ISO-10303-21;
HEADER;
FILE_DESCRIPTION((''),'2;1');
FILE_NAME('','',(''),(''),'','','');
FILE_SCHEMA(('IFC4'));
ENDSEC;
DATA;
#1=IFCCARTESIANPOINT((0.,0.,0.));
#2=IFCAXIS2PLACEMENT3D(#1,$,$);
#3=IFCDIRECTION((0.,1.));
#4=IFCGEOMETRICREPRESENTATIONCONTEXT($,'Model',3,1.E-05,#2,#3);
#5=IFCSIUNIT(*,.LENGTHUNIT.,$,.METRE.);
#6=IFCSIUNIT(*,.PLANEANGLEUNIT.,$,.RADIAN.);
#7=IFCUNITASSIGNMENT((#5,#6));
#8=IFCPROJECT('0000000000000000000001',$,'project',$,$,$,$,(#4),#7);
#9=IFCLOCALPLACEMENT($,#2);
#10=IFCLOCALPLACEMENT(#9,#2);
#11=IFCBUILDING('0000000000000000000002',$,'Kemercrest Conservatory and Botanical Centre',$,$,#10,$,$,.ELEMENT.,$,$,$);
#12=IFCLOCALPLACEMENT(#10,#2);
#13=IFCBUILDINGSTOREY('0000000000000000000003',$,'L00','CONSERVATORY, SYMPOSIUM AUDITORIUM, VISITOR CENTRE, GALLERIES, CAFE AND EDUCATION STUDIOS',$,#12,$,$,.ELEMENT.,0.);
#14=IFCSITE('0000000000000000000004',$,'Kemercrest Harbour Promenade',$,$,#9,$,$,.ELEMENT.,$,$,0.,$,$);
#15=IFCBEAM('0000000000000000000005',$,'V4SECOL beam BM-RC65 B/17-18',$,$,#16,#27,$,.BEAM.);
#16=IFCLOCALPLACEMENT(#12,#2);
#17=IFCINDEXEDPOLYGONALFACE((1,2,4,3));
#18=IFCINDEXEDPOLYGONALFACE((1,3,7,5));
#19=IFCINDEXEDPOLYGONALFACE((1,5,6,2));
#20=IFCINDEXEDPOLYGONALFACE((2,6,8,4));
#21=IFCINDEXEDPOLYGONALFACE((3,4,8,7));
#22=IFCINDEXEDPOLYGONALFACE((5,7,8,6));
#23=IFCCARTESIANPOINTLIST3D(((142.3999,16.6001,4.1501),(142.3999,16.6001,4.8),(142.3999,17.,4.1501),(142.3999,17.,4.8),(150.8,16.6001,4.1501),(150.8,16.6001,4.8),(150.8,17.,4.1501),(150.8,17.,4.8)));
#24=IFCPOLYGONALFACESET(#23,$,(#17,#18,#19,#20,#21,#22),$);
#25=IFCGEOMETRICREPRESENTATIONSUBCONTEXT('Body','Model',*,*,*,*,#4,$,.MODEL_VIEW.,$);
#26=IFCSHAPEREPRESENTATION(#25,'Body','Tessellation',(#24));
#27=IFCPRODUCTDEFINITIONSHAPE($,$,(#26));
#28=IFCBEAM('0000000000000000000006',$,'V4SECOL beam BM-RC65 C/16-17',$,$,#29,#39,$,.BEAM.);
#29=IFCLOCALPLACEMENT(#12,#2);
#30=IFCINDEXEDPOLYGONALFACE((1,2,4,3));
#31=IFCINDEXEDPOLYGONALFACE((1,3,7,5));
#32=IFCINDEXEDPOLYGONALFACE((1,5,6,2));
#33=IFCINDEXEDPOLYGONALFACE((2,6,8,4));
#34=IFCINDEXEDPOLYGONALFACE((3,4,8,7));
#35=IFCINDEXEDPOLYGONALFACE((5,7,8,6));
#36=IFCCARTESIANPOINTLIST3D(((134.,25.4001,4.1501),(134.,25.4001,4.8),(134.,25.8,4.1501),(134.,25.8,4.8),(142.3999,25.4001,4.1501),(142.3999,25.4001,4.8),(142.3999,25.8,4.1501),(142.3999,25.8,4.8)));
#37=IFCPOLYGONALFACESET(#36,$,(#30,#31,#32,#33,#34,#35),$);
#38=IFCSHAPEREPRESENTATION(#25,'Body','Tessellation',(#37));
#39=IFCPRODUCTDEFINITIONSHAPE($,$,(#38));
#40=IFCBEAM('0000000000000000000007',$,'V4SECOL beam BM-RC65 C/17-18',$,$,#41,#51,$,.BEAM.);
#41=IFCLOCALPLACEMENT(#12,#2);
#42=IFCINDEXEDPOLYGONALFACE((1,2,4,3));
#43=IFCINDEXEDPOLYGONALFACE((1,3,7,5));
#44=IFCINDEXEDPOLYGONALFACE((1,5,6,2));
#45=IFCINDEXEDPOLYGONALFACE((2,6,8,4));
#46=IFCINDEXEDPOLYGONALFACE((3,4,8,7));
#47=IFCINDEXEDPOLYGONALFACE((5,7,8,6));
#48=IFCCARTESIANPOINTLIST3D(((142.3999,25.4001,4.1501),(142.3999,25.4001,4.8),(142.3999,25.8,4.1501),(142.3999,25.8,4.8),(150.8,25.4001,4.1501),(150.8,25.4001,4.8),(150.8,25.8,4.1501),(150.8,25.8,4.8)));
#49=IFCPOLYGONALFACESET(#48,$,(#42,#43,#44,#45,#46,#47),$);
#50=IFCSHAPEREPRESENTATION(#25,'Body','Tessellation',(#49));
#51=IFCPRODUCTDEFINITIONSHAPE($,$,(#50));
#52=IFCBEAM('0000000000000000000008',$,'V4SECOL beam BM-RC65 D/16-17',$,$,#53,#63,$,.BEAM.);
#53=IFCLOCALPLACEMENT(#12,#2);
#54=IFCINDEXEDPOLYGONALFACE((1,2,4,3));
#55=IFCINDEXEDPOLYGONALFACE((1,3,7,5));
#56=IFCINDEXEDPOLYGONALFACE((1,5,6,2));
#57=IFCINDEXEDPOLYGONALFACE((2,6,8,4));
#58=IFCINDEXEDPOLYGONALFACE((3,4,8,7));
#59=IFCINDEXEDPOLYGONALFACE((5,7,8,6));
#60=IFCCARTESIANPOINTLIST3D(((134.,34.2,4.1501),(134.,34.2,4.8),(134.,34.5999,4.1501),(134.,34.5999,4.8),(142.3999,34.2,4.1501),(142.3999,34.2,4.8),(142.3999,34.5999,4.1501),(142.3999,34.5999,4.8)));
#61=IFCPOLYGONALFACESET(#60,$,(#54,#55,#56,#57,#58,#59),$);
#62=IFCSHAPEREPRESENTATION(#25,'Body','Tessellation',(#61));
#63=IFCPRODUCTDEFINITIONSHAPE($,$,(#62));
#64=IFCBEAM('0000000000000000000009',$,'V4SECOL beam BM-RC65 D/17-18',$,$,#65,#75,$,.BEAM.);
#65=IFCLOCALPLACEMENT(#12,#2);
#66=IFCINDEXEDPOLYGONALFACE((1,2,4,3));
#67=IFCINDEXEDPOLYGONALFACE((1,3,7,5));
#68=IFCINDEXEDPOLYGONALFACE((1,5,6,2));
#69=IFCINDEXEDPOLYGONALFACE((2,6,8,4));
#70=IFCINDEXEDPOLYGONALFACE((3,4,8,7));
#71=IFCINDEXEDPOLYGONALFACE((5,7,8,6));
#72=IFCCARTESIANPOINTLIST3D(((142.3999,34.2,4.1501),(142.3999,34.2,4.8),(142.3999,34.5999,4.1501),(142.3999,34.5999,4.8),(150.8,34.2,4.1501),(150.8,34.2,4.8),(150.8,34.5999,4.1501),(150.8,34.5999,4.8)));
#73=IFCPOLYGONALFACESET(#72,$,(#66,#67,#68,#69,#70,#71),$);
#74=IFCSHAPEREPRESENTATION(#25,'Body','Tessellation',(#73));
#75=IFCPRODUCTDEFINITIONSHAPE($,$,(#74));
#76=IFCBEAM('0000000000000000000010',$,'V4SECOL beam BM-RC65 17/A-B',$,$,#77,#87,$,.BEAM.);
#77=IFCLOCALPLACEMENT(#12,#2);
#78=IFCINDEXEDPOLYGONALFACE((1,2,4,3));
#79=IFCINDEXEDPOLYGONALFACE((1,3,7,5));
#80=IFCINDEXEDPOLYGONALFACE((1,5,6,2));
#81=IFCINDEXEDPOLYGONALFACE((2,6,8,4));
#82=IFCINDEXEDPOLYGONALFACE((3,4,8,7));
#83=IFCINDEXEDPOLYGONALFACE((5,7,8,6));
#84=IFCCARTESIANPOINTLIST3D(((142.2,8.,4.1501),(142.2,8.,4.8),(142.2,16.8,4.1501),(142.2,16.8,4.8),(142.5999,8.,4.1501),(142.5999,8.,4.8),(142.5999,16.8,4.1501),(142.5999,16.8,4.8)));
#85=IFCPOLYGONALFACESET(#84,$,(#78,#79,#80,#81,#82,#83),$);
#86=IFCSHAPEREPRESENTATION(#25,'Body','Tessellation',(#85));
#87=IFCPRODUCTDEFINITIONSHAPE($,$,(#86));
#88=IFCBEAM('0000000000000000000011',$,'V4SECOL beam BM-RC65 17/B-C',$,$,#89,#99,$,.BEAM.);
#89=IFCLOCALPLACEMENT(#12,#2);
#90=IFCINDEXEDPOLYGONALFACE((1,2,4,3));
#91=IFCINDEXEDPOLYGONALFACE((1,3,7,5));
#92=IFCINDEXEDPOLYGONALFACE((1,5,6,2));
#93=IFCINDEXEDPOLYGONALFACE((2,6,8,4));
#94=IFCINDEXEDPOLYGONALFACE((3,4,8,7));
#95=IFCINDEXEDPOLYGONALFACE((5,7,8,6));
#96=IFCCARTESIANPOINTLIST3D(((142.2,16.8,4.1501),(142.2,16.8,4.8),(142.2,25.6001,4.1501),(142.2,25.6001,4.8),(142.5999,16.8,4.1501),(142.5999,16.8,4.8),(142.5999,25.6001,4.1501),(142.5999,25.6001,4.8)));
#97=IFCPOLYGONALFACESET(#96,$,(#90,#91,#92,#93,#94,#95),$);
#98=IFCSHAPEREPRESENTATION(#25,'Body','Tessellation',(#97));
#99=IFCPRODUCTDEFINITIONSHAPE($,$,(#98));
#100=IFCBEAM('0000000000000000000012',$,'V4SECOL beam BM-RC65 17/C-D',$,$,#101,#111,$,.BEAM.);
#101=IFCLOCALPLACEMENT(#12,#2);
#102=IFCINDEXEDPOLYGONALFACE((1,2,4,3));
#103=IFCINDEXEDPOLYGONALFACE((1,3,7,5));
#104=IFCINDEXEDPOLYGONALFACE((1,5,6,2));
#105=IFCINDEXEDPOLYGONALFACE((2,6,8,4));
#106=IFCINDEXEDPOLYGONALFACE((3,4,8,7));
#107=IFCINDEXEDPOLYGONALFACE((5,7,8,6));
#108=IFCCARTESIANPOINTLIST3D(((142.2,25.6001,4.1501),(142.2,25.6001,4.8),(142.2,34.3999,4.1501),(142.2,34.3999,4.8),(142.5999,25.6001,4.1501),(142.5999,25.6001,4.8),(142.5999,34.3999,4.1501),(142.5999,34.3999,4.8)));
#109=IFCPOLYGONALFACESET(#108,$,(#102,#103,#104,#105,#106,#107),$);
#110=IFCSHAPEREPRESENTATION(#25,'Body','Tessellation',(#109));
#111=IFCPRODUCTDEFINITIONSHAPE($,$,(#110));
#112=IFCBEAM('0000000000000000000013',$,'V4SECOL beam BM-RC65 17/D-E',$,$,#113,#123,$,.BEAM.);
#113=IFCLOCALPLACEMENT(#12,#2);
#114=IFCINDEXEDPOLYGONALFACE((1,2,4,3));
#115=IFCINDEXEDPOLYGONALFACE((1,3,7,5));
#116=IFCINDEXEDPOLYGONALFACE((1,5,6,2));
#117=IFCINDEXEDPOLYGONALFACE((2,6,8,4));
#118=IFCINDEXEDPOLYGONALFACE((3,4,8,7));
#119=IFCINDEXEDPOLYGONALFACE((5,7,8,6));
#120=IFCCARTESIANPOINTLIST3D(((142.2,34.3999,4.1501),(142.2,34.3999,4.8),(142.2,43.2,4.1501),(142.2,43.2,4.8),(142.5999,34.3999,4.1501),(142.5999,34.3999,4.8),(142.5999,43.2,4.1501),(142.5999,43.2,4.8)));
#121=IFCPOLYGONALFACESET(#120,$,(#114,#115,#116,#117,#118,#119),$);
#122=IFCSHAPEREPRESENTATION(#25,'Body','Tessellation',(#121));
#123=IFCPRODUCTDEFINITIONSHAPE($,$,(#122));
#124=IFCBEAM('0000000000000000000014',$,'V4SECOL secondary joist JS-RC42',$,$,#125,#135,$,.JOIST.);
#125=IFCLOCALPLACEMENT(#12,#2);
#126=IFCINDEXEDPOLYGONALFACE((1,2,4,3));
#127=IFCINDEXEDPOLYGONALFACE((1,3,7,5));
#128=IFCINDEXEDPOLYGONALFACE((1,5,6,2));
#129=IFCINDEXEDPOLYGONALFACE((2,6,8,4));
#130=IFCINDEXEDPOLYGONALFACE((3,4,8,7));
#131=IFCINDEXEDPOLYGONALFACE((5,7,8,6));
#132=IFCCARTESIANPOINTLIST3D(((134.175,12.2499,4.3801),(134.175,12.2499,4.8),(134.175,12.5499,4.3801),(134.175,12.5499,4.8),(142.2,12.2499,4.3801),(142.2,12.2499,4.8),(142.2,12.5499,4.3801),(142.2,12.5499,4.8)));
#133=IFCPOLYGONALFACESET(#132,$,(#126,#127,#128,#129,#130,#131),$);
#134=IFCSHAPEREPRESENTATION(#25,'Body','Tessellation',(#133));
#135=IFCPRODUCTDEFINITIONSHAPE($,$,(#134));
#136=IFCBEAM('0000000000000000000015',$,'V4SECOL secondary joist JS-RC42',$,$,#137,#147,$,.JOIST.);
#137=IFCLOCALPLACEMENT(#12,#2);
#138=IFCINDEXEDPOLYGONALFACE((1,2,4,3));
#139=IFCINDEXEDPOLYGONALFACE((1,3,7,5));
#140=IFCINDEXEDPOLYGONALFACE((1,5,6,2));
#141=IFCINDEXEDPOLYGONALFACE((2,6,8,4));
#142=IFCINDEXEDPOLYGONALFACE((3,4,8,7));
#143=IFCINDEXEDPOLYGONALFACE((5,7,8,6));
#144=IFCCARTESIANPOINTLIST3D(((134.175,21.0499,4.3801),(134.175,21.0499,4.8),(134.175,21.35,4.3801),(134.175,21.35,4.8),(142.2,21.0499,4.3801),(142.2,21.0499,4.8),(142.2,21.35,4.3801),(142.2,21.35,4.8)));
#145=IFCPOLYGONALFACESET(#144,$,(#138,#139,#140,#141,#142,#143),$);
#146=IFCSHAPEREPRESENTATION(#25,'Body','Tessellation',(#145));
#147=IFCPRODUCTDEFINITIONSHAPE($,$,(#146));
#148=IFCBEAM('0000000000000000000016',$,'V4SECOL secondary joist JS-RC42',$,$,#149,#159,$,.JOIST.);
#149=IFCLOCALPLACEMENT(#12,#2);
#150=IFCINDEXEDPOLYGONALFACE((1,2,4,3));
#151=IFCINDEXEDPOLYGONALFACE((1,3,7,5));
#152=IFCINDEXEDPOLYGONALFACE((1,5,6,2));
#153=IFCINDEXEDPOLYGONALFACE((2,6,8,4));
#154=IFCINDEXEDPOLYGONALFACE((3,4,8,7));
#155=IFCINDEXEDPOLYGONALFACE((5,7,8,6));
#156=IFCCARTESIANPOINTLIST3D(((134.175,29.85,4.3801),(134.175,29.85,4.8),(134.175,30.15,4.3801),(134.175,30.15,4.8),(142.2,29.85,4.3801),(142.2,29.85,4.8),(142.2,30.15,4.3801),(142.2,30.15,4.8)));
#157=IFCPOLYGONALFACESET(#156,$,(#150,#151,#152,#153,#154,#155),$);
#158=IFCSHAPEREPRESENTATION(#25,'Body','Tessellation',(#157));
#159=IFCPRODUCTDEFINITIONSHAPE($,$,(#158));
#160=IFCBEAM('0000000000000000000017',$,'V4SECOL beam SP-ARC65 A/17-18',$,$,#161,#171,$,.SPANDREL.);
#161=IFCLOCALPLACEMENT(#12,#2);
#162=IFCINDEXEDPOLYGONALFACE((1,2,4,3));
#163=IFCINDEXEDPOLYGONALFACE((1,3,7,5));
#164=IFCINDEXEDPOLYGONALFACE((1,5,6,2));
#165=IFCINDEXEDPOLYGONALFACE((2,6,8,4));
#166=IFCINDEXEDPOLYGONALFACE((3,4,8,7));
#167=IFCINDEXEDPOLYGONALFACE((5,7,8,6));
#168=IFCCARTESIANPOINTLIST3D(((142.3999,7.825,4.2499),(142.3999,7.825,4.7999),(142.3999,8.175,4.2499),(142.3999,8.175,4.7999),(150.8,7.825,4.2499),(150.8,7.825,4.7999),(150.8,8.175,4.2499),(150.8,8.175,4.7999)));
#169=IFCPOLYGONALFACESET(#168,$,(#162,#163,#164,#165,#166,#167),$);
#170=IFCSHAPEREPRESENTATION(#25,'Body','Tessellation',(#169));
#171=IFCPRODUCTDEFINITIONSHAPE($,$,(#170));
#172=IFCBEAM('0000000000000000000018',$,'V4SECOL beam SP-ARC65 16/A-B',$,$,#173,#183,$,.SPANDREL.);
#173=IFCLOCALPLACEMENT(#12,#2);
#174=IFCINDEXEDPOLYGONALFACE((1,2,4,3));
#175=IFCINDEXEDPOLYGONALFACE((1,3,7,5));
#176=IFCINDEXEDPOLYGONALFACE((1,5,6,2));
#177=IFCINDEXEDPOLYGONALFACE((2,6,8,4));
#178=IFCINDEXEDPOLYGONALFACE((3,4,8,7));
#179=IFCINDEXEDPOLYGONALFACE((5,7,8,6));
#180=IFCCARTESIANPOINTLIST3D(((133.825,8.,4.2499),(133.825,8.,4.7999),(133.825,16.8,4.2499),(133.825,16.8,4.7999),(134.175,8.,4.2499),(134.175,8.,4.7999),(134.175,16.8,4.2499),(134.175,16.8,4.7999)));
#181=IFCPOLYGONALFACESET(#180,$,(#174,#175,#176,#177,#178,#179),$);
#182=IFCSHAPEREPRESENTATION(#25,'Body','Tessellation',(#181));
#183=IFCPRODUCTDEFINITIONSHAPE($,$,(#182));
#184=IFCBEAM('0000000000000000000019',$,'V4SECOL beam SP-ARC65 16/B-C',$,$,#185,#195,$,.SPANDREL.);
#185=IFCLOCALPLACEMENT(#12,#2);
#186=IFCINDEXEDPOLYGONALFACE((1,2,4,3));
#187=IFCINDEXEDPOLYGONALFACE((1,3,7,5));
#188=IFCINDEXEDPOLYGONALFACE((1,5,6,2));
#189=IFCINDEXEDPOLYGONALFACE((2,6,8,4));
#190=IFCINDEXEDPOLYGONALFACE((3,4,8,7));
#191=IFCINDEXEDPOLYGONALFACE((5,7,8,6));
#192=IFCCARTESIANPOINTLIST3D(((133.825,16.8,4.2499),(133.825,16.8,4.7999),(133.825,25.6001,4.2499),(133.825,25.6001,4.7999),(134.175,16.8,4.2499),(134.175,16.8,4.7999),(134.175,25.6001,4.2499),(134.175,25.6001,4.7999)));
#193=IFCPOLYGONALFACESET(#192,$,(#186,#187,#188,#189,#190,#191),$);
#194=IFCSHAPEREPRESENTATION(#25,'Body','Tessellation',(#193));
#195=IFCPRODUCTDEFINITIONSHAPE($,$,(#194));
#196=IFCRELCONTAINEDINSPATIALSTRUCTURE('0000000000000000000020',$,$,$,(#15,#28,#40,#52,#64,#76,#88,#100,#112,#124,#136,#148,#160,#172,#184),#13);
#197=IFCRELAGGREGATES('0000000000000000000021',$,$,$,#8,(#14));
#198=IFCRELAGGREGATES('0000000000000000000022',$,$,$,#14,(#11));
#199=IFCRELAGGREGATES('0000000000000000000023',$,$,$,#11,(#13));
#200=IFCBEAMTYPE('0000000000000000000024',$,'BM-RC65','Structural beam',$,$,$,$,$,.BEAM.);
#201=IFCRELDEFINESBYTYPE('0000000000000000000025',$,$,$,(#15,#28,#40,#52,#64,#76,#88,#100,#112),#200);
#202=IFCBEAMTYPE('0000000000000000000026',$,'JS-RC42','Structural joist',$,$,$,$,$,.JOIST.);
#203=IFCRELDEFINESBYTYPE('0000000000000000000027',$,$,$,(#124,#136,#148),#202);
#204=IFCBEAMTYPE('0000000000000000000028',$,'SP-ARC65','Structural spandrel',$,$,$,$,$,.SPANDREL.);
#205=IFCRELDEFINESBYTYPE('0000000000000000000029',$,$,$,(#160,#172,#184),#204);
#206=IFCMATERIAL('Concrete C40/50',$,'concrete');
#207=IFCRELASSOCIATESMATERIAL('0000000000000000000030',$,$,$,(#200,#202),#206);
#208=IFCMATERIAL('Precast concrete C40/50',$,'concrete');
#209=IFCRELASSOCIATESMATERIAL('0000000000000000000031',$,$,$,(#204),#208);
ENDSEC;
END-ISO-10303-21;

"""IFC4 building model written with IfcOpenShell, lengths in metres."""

from ifc_helpers import new_model, si_unit, direction, frame, origin, origin_2d, place, context, subcontext, project, spatial, rectangle, extrude, material, material_profile, profile_set, type_object, element, save


model = new_model("IFC4")

# Units and contexts
model_context = context("Model", 3, precision=1e-05, world=origin(), true_north=direction((0.0, 1.0)))
body_context = subcontext(model_context, "Body", "Model", "MODEL_VIEW")
ifc_project = project(units=[si_unit("LENGTHUNIT", "METRE"), si_unit("PLANEANGLEUNIT", "RADIAN")], contexts=[model_context])

# Site, building, storey
site_placement = place(None, origin())
site = spatial("IfcSite", under=ifc_project, at=site_placement, Name="Kemercrest Harbour Promenade", CompositionType="ELEMENT", RefElevation=0.0)
building_placement = place(site_placement, origin())
building = spatial("IfcBuilding", under=site, at=building_placement, Name="Kemercrest Conservatory and Botanical Centre", CompositionType="ELEMENT")
storey_placement = place(building_placement, origin())
storey = spatial("IfcBuildingStorey", under=building, at=storey_placement, Name="L00", Description="CONSERVATORY, SYMPOSIUM AUDITORIUM, VISITOR CENTRE, GALLERIES, CAFE AND EDUCATION STUDIOS", CompositionType="ELEMENT", Elevation=0.0)

# Shared definitions
ifc_material_1 = material(Name="Concrete C40/50", Category="concrete")
ifc_material_2 = material(Name="Precast concrete C40/50", Category="concrete")

# Beams
ifc_material_profile_1 = material_profile(ifc_material_1, rectangle(XDim=0.3999, YDim=0.6499, at=origin_2d()), Name="RC 400x650")
ifc_profile_set_1 = profile_set([ifc_material_profile_1], Name="Concrete C40/50")
beam_type_1 = type_object("IfcBeamType", Name="BM-RC65", Description="Structural beam", PredefinedType="BEAM", material=ifc_profile_set_1)
beam_1_placement = place(storey_placement, frame((142.3999, 16.8, 4.4751), z_axis=(1.0, 0.0, 0.0), x_axis=(0.0, 1.0, 0.0)))
element("IfcBeam", 1, at=beam_1_placement, inside=storey, type_object=beam_type_1, Name="V4SECOL beam BM-RC65 B/17-18", PredefinedType="BEAM", context=body_context, shape_type="SweptSolid", body=[
    extrude(rectangle(XDim=0.3999, YDim=0.6499, at=origin_2d()), origin(), (0.0, 0.0, 1.0), 8.4001),
])
beam_2_placement = place(storey_placement, frame((134.0, 25.6001, 4.4751), z_axis=(1.0, 0.0, 0.0), x_axis=(0.0, 1.0, 0.0)))
element("IfcBeam", 2, at=beam_2_placement, inside=storey, type_object=beam_type_1, Name="V4SECOL beam BM-RC65 C/16-17", PredefinedType="BEAM", context=body_context, shape_type="SweptSolid", body=[
    extrude(rectangle(XDim=0.3999, YDim=0.6499, at=origin_2d()), origin(), (0.0, 0.0, 1.0), 8.3999),
])
beam_3_placement = place(storey_placement, frame((142.3999, 25.6001, 4.4751), z_axis=(1.0, 0.0, 0.0), x_axis=(0.0, 1.0, 0.0)))
element("IfcBeam", 3, at=beam_3_placement, inside=storey, type_object=beam_type_1, Name="V4SECOL beam BM-RC65 C/17-18", PredefinedType="BEAM", context=body_context, shape_type="SweptSolid", body=[
    extrude(rectangle(XDim=0.3999, YDim=0.6499, at=origin_2d()), origin(), (0.0, 0.0, 1.0), 8.4001),
])
beam_4_placement = place(storey_placement, frame((134.0, 34.3999, 4.4751), z_axis=(1.0, 0.0, 0.0), x_axis=(0.0, 1.0, 0.0)))
element("IfcBeam", 4, at=beam_4_placement, inside=storey, type_object=beam_type_1, Name="V4SECOL beam BM-RC65 D/16-17", PredefinedType="BEAM", context=body_context, shape_type="SweptSolid", body=[
    extrude(rectangle(XDim=0.3999, YDim=0.6499, at=origin_2d()), origin(), (0.0, 0.0, 1.0), 8.3999),
])
beam_5_placement = place(storey_placement, frame((142.3999, 34.3999, 4.4751), z_axis=(1.0, 0.0, 0.0), x_axis=(0.0, 1.0, 0.0)))
element("IfcBeam", 5, at=beam_5_placement, inside=storey, type_object=beam_type_1, Name="V4SECOL beam BM-RC65 D/17-18", PredefinedType="BEAM", context=body_context, shape_type="SweptSolid", body=[
    extrude(rectangle(XDim=0.3999, YDim=0.6499, at=origin_2d()), origin(), (0.0, 0.0, 1.0), 8.4001),
])
for number, where, z_axis, x_axis, name in (
    (6, (142.3999, 8.0, 4.4751), (0.0, 1.0, 0.0), (-1.0, 0.0, 0.0), "V4SECOL beam BM-RC65 17/A-B"),
    (7, (142.3999, 16.8, 4.4751), (0.0, 1.0, 0.0), (-1.0, 0.0, 0.0), "V4SECOL beam BM-RC65 17/B-C"),
):
    element("IfcBeam", number, at=place(storey_placement, frame(where, z_axis=z_axis, x_axis=x_axis)), inside=storey, type_object=beam_type_1, Name=name, PredefinedType="BEAM", context=body_context, shape_type="SweptSolid", body=[
        extrude(rectangle(XDim=0.3999, YDim=0.6499, at=origin_2d()), origin(), (0.0, 0.0, 1.0), 8.8),
    ])
beam_6_placement = place(storey_placement, frame((142.3999, 25.6001, 4.4751), z_axis=(0.0, 1.0, 0.0), x_axis=(-1.0, 0.0, 0.0)))
element("IfcBeam", 8, at=beam_6_placement, inside=storey, type_object=beam_type_1, Name="V4SECOL beam BM-RC65 17/C-D", PredefinedType="BEAM", context=body_context, shape_type="SweptSolid", body=[
    extrude(rectangle(XDim=0.3999, YDim=0.6499, at=origin_2d()), origin(), (0.0, 0.0, 1.0), 8.7998),
])
beam_7_placement = place(storey_placement, frame((142.3999, 34.3999, 4.4751), z_axis=(0.0, 1.0, 0.0), x_axis=(-1.0, 0.0, 0.0)))
element("IfcBeam", 9, at=beam_7_placement, inside=storey, type_object=beam_type_1, Name="V4SECOL beam BM-RC65 17/D-E", PredefinedType="BEAM", context=body_context, shape_type="SweptSolid", body=[
    extrude(rectangle(XDim=0.3999, YDim=0.6499, at=origin_2d()), origin(), (0.0, 0.0, 1.0), 8.8),
])
ifc_material_profile_2 = material_profile(ifc_material_1, rectangle(XDim=0.3, YDim=0.4199, at=origin_2d()), Name="RC 300x420")
ifc_profile_set_2 = profile_set([ifc_material_profile_2], Name="Concrete C40/50")
beam_type_2 = type_object("IfcBeamType", Name="JS-RC42", Description="Structural joist", PredefinedType="JOIST", material=ifc_profile_set_2)
for number, where, z_axis, x_axis, name in (
    (10, (134.175, 12.3999, 4.5901), (1.0, 0.0, 0.0), (0.0, 1.0, 0.0), "V4SECOL secondary joist JS-RC42"),
    (11, (134.175, 21.2, 4.5901), (1.0, 0.0, 0.0), (0.0, 1.0, 0.0), "V4SECOL secondary joist JS-RC42"),
    (12, (134.175, 30.0, 4.5901), (1.0, 0.0, 0.0), (0.0, 1.0, 0.0), "V4SECOL secondary joist JS-RC42"),
):
    element("IfcBeam", number, at=place(storey_placement, frame(where, z_axis=z_axis, x_axis=x_axis)), inside=storey, type_object=beam_type_2, Name=name, PredefinedType="JOIST", context=body_context, shape_type="SweptSolid", body=[
        extrude(rectangle(XDim=0.3, YDim=0.4199, at=origin_2d()), origin(), (0.0, 0.0, 1.0), 8.0249),
    ])
ifc_material_profile_3 = material_profile(ifc_material_2, rectangle(XDim=0.3501, YDim=0.55, at=origin_2d()), Name="RC 350x550")
ifc_profile_set_3 = profile_set([ifc_material_profile_3], Name="Precast concrete C40/50")
beam_type_3 = type_object("IfcBeamType", Name="SP-ARC65", Description="Structural spandrel", PredefinedType="SPANDREL", material=ifc_profile_set_3)
beam_8_placement = place(storey_placement, frame((142.3999, 8.0, 4.5249), z_axis=(1.0, 0.0, 0.0), x_axis=(0.0, 1.0, 0.0)))
element("IfcBeam", 13, at=beam_8_placement, inside=storey, type_object=beam_type_3, Name="V4SECOL beam SP-ARC65 A/17-18", PredefinedType="SPANDREL", context=body_context, shape_type="SweptSolid", body=[
    extrude(rectangle(XDim=0.3501, YDim=0.55, at=origin_2d()), origin(), (0.0, 0.0, 1.0), 8.4001),
])
for number, where, z_axis, x_axis, name in (
    (14, (134.0, 8.0, 4.5249), (0.0, 1.0, 0.0), (-1.0, 0.0, 0.0), "V4SECOL beam SP-ARC65 16/A-B"),
    (15, (134.0, 16.8, 4.5249), (0.0, 1.0, 0.0), (-1.0, 0.0, 0.0), "V4SECOL beam SP-ARC65 16/B-C"),
):
    element("IfcBeam", number, at=place(storey_placement, frame(where, z_axis=z_axis, x_axis=x_axis)), inside=storey, type_object=beam_type_3, Name=name, PredefinedType="SPANDREL", context=body_context, shape_type="SweptSolid", body=[
        extrude(rectangle(XDim=0.3501, YDim=0.55, at=origin_2d()), origin(), (0.0, 0.0, 1.0), 8.8),
    ])

save(model, "model.ifc")
